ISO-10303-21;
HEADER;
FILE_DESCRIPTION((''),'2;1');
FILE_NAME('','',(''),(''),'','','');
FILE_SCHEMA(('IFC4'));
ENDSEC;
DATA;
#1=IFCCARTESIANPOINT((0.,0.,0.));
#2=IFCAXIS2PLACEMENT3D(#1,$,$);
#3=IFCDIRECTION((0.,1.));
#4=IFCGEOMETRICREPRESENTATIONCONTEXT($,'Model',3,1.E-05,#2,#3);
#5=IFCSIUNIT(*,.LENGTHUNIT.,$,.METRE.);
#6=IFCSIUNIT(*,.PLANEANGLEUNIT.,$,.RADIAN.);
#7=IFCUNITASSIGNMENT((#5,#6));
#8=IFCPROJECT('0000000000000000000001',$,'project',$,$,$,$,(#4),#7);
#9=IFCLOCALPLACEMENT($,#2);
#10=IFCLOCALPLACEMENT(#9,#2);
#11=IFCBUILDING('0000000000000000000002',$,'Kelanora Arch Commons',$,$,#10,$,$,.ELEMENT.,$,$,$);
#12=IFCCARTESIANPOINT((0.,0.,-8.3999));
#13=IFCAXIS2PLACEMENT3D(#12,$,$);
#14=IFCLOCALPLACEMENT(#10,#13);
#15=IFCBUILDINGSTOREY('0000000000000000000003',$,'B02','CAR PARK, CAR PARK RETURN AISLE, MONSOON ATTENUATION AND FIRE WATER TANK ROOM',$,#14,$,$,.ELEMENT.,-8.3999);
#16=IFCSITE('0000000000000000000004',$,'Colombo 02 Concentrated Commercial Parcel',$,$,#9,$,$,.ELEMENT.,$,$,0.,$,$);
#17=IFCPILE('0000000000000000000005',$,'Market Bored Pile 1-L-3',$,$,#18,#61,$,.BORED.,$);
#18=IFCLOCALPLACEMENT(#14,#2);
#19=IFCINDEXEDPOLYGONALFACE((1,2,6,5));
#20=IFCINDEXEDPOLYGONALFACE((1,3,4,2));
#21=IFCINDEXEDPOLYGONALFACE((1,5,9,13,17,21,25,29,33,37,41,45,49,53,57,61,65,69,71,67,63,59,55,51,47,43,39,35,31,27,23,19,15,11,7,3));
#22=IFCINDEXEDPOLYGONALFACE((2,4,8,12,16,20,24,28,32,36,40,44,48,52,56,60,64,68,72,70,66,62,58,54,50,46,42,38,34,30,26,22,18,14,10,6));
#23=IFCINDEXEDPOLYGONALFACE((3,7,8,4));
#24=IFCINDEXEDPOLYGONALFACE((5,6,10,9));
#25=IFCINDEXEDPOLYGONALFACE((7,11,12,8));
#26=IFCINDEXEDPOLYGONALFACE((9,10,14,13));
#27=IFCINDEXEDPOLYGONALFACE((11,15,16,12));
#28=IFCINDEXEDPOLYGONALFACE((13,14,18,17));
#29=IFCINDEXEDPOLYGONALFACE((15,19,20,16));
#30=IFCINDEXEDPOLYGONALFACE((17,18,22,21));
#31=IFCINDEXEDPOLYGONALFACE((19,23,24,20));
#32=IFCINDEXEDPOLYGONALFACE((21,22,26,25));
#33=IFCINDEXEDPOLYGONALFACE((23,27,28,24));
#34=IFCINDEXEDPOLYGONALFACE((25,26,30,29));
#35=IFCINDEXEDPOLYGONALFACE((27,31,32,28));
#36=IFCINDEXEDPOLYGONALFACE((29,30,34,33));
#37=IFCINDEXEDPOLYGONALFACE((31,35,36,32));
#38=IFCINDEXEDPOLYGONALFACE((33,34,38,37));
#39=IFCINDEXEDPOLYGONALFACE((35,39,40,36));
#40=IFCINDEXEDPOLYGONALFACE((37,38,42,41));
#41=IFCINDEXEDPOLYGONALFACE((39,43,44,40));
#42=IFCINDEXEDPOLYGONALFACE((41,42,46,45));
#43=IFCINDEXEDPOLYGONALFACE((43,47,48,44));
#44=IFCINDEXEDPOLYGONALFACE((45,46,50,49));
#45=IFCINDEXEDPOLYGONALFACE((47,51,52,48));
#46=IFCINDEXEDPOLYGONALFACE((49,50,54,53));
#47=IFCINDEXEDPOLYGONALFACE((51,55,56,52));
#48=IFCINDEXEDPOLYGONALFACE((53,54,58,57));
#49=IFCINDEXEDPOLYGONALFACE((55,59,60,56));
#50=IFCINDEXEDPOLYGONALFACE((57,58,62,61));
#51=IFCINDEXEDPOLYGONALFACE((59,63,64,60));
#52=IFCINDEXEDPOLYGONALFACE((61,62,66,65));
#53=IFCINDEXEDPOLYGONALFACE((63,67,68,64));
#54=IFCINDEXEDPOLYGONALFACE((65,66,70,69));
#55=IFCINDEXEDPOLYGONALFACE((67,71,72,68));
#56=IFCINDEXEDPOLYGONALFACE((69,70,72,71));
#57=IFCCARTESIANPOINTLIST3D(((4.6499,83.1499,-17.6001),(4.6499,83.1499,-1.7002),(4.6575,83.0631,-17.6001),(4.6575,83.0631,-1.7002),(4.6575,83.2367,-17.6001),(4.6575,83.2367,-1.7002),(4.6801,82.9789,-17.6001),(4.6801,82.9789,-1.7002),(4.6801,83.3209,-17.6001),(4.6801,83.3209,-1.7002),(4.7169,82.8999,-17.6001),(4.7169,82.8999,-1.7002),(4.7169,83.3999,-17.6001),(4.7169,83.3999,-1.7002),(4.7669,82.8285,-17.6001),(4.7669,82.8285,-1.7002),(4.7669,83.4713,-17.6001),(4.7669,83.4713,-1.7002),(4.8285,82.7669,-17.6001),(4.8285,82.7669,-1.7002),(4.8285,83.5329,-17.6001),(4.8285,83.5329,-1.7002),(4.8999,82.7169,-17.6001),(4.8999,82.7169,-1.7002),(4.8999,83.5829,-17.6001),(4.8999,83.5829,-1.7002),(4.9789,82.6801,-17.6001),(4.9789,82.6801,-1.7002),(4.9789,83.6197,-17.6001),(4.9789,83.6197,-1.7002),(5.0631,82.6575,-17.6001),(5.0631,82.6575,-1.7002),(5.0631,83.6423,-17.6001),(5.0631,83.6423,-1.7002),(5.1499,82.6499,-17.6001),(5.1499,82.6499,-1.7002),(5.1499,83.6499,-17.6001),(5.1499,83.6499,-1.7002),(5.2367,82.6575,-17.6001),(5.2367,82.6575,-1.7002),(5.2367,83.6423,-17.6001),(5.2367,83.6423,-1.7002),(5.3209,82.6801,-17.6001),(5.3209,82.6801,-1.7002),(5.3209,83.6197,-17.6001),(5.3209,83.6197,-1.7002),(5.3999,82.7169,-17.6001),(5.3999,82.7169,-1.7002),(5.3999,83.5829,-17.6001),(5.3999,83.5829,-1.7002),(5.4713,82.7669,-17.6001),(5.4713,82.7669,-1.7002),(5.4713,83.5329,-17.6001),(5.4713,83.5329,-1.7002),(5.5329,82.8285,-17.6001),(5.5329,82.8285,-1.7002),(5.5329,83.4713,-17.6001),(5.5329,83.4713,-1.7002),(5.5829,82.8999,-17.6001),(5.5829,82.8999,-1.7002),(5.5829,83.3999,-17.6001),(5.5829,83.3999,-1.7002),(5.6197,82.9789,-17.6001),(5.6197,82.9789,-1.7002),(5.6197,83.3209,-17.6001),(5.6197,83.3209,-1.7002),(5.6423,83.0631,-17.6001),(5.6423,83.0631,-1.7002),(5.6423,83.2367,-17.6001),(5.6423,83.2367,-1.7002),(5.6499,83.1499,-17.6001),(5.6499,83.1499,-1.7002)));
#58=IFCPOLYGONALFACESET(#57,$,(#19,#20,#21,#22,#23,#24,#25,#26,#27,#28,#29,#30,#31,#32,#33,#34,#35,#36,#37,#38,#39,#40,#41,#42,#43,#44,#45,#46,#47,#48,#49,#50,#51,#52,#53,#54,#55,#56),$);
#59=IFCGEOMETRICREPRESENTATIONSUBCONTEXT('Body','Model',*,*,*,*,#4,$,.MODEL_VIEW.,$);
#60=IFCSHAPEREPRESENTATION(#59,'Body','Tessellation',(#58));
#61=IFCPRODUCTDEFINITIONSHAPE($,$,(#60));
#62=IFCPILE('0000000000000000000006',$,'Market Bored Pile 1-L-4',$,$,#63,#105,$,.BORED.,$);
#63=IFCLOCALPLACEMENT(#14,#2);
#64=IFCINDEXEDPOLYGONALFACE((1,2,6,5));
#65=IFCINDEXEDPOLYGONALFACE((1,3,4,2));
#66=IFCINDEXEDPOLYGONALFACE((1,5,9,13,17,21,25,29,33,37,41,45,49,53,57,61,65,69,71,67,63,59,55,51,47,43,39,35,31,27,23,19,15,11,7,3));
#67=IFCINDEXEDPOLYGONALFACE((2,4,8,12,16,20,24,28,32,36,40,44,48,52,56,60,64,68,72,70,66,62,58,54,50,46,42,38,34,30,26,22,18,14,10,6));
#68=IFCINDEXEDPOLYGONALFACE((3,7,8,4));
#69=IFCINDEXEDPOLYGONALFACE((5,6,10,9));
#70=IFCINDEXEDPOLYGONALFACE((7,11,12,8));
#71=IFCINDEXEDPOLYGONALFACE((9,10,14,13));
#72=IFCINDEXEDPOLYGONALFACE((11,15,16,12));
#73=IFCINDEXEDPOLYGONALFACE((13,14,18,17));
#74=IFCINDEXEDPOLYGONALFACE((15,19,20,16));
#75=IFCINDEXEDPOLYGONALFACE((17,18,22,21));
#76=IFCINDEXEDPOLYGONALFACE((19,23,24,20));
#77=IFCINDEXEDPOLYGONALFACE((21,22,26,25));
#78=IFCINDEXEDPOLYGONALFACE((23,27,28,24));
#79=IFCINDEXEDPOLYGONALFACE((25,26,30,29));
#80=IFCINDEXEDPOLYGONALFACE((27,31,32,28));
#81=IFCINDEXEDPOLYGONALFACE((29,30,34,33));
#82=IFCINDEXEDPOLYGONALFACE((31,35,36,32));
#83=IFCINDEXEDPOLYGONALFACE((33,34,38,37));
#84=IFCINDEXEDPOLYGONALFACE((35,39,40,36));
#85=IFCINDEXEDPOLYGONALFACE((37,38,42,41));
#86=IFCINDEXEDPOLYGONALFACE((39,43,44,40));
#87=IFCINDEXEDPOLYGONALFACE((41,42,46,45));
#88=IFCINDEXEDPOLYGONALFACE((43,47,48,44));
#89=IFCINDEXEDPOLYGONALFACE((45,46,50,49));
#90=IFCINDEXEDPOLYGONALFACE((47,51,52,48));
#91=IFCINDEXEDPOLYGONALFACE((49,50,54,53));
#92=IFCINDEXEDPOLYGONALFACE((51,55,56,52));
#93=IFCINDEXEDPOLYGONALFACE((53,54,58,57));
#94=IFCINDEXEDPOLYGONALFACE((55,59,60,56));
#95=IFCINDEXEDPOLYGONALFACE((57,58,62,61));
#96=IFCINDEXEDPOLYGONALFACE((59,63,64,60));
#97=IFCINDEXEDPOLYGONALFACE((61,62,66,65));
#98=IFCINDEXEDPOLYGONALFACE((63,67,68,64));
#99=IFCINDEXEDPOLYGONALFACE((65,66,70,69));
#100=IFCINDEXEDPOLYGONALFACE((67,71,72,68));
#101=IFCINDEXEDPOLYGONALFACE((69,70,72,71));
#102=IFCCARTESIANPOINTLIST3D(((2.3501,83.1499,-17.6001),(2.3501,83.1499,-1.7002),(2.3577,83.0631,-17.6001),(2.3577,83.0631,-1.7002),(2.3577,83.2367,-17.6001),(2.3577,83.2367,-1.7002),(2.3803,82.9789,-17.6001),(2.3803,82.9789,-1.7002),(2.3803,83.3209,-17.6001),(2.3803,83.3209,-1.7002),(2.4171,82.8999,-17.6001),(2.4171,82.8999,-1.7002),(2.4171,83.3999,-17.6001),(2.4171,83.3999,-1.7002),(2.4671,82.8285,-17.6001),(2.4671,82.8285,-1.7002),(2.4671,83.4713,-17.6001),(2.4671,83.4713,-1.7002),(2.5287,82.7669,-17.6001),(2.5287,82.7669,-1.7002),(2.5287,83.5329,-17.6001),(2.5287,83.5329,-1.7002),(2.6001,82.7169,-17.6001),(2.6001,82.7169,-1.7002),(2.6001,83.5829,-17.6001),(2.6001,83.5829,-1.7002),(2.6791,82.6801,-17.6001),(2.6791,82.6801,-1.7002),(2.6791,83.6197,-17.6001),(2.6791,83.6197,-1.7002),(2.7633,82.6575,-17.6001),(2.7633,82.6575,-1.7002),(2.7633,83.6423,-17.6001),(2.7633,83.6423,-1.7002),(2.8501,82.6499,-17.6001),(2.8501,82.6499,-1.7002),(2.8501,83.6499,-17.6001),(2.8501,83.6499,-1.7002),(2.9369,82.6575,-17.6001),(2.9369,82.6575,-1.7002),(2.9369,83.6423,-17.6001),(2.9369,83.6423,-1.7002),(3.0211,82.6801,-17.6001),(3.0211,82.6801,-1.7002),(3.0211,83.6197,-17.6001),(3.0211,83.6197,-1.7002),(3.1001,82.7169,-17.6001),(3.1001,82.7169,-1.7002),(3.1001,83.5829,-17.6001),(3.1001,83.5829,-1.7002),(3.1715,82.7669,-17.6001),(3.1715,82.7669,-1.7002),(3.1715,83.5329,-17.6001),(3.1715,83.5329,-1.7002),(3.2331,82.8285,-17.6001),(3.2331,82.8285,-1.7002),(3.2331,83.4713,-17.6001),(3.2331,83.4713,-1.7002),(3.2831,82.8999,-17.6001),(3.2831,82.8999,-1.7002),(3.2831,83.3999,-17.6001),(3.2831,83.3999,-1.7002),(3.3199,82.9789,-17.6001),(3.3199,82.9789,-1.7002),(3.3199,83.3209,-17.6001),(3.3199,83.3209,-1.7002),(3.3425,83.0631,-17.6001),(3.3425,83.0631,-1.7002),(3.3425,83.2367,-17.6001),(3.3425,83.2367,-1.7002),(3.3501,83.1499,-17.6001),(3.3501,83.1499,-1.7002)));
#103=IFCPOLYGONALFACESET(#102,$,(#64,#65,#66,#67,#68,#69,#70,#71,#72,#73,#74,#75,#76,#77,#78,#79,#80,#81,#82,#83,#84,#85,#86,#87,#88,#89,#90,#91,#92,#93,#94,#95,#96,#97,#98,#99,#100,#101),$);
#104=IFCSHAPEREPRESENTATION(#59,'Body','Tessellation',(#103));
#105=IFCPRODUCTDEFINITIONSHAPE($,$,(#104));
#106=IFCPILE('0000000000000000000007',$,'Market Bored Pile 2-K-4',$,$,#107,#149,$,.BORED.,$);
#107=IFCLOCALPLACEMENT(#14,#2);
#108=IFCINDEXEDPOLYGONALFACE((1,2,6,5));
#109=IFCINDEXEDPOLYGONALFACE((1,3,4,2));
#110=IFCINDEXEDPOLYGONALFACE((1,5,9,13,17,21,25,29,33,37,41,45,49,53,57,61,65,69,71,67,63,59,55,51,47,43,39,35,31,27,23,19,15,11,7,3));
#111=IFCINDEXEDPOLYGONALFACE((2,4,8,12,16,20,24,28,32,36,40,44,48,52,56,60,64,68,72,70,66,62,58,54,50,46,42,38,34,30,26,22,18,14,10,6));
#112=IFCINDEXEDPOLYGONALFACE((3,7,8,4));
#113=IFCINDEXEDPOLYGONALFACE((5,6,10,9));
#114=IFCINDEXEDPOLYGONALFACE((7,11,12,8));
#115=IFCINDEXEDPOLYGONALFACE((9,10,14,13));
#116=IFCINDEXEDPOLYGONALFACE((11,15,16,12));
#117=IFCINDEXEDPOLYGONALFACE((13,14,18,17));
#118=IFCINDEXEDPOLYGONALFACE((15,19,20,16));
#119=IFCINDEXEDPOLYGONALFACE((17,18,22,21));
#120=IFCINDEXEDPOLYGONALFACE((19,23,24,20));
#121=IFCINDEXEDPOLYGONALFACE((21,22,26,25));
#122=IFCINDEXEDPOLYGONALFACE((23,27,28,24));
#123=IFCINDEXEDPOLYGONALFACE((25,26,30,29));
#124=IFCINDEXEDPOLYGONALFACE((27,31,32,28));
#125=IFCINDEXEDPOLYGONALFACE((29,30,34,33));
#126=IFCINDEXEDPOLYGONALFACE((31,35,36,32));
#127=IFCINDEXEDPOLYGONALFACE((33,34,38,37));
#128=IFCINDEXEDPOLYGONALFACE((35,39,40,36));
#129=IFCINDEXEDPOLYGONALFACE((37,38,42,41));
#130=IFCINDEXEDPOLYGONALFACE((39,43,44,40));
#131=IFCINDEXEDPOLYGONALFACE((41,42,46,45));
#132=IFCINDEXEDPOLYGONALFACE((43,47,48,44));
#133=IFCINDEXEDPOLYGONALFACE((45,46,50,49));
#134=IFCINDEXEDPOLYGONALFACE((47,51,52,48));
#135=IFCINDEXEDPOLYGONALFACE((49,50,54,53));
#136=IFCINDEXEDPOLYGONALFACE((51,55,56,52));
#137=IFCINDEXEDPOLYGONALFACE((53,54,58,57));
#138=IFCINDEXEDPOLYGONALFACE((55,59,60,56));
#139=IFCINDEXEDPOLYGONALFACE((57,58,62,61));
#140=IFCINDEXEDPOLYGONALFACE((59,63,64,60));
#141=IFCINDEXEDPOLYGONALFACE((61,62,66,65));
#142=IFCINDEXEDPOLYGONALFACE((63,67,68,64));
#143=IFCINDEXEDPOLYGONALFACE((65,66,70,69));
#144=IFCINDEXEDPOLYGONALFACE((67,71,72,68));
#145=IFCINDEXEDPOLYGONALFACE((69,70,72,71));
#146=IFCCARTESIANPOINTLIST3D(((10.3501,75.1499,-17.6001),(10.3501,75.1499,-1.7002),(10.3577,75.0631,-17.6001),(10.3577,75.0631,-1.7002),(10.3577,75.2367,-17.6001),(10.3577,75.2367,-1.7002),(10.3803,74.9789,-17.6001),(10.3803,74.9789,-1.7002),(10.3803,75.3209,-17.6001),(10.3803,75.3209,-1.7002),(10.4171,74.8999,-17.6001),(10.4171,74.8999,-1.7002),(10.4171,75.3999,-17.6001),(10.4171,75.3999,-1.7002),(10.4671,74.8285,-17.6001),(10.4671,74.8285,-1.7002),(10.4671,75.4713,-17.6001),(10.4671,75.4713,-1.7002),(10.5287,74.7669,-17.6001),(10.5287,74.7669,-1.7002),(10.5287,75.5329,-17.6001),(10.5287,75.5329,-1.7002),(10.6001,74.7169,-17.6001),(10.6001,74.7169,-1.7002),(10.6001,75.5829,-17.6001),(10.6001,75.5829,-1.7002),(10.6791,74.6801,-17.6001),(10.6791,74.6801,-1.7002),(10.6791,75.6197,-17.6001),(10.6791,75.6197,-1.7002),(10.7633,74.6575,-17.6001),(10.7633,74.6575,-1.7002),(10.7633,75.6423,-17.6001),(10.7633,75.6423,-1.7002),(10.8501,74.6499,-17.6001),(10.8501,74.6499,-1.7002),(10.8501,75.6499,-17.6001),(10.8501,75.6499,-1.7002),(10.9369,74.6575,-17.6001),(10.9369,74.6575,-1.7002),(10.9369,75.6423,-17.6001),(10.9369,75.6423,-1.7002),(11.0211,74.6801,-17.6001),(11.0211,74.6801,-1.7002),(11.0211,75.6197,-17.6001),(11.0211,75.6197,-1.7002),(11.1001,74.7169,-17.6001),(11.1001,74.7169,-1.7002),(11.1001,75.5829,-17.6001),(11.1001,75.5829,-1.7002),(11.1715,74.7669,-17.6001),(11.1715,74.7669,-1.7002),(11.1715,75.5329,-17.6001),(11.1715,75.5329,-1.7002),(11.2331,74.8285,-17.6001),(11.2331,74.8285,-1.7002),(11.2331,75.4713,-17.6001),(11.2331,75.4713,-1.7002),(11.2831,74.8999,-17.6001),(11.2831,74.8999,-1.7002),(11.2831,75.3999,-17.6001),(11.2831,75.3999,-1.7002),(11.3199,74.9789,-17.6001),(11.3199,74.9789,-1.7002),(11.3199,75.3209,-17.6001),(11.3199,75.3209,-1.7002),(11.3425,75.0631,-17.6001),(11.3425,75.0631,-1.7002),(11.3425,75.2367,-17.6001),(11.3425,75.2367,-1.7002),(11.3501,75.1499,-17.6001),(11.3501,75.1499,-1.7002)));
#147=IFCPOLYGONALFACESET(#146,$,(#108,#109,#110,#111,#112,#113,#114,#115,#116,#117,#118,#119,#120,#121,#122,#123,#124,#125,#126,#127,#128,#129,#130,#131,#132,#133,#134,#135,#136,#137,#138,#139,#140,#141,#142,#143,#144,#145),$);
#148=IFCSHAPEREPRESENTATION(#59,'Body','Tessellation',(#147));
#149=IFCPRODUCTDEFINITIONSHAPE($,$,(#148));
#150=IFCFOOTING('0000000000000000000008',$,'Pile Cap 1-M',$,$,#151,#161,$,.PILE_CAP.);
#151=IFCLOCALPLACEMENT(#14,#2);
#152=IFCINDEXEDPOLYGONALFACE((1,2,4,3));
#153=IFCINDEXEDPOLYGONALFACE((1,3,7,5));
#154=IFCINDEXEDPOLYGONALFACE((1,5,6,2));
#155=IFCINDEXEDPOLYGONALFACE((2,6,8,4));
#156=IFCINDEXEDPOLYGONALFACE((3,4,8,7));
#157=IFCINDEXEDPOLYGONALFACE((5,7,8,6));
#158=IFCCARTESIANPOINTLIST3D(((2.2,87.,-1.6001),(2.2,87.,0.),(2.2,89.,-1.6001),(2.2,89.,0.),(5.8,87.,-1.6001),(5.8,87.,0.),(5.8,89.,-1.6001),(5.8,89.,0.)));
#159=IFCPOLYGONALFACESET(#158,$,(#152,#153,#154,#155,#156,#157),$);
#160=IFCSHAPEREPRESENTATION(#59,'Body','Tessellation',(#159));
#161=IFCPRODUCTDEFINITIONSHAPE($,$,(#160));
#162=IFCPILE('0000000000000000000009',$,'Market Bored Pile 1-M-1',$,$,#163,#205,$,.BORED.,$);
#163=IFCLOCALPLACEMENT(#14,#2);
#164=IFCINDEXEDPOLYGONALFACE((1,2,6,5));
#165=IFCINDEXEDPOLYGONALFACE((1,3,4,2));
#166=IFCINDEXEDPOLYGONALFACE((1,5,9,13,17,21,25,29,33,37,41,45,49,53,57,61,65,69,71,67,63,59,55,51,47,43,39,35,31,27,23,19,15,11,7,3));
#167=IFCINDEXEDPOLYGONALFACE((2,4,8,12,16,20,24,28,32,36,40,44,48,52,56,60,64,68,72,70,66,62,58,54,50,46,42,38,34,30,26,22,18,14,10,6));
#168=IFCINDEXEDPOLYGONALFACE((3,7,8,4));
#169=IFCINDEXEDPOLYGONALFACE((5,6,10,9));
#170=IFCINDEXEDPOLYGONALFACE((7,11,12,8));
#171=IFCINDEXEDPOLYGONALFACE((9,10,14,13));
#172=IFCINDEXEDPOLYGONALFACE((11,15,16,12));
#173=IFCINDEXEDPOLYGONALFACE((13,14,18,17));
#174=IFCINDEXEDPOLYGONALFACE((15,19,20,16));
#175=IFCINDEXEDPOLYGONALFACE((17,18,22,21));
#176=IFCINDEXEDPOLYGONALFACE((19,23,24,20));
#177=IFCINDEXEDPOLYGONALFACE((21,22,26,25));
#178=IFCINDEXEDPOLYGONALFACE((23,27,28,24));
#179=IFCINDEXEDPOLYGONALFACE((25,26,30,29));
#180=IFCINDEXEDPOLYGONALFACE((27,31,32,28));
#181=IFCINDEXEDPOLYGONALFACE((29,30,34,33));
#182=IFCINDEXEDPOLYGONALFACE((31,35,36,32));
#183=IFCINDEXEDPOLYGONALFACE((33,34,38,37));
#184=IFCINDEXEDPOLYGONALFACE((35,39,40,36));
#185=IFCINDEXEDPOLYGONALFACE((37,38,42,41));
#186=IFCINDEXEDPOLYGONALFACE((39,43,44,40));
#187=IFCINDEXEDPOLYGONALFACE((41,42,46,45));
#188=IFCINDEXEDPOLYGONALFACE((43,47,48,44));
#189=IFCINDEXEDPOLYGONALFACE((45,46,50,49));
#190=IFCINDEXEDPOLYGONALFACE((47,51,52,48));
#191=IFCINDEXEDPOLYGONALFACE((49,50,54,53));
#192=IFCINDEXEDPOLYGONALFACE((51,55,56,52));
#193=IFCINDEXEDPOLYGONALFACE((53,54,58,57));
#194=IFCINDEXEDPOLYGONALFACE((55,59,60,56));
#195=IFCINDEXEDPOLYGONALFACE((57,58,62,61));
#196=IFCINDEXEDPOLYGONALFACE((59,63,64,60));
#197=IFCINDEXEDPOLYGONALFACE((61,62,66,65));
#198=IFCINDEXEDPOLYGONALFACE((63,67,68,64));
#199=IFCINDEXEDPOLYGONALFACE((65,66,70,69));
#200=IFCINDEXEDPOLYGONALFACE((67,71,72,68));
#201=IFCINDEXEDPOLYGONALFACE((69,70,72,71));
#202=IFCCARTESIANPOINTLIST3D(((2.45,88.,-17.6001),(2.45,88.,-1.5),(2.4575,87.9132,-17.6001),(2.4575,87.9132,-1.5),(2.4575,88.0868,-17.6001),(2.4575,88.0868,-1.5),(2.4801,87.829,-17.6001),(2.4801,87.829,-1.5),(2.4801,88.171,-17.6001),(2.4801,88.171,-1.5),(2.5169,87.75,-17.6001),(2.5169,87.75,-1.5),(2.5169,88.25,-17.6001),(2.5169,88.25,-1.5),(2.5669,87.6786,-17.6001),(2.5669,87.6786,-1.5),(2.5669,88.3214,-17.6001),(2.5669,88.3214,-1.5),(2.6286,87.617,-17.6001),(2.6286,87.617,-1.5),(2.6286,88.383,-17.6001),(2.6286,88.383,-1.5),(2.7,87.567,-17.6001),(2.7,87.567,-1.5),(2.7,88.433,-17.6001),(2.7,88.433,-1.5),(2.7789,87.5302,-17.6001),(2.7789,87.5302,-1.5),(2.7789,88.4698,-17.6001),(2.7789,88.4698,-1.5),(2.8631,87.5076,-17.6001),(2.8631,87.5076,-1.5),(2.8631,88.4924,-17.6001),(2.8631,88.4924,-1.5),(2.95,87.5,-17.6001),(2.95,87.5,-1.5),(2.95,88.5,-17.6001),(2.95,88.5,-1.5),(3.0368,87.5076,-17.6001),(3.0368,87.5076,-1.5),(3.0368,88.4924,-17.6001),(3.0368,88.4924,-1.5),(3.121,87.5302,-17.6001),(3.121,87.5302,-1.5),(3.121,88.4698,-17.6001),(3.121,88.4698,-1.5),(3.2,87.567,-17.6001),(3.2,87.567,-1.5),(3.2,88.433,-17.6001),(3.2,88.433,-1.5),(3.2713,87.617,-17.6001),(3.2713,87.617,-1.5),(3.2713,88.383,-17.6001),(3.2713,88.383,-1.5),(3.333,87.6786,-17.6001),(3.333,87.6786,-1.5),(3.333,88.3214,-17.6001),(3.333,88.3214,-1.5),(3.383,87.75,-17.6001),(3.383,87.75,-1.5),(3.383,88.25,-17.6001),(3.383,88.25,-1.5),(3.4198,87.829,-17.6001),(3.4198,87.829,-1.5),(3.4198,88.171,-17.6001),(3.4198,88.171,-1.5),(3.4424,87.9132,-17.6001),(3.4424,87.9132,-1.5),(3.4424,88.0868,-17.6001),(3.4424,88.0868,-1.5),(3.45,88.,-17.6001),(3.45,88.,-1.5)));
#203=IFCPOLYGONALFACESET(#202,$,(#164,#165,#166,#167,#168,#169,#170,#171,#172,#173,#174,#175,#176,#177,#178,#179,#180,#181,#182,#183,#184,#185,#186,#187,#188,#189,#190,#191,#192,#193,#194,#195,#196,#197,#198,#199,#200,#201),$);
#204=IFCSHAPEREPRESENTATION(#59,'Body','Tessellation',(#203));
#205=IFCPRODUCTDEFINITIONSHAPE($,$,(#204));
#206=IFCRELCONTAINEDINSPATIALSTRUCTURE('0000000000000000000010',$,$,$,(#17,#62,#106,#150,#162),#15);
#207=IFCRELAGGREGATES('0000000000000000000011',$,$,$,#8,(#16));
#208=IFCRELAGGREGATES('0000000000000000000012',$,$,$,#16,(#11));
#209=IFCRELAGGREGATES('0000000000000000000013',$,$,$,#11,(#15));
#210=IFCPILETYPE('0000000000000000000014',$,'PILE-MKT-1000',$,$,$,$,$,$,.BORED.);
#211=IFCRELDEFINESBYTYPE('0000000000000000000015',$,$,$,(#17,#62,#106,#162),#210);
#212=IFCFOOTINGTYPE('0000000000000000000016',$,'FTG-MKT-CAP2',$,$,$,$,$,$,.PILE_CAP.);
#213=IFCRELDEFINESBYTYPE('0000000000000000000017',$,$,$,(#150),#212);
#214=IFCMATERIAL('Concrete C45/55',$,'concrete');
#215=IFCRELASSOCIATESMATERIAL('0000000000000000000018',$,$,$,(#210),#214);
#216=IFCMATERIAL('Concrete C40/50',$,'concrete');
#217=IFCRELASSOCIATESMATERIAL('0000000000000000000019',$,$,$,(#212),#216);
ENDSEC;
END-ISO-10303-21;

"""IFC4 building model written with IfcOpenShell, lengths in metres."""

from ifc_helpers import new_model, si_unit, direction, frame, origin, origin_2d, place, context, subcontext, project, spatial, rectangle, circle, extrude, source, transform, mapped, material, material_profile, profile_set, type_object, element, save


model = new_model("IFC4")

# Units and contexts
model_context = context("Model", 3, precision=1e-05, world=origin(), true_north=direction((0.0, 1.0)))
body_context = subcontext(model_context, "Body", "Model", "MODEL_VIEW")
ifc_project = project(units=[si_unit("LENGTHUNIT", "METRE"), si_unit("PLANEANGLEUNIT", "RADIAN")], contexts=[model_context])

# Site, building, storey
site_placement = place(None, origin())
site = spatial("IfcSite", under=ifc_project, at=site_placement, Name="Colombo 02 Concentrated Commercial Parcel", CompositionType="ELEMENT", RefElevation=0.0)
building_placement = place(site_placement, origin())
building = spatial("IfcBuilding", under=site, at=building_placement, Name="Kelanora Arch Commons", CompositionType="ELEMENT")
storey_placement = place(building_placement, frame((0.0, 0.0, -8.3999)))
storey = spatial("IfcBuildingStorey", under=building, at=storey_placement, Name="B02", Description="CAR PARK, CAR PARK RETURN AISLE, MONSOON ATTENUATION AND FIRE WATER TANK ROOM", CompositionType="ELEMENT", Elevation=-8.3999)

# Shared definitions
ifc_material_1 = material(Name="Concrete C40/50", Category="concrete")

# Piles
ifc_material_2 = material(Name="Concrete C45/55", Category="concrete")
ifc_material_profile_1 = material_profile(ifc_material_2, circle(Radius=0.5, at=origin_2d()), Name="PILE1000")
ifc_profile_set_1 = profile_set([ifc_material_profile_1], Name="Concrete C45/55")
pile_type = type_object("IfcPileType", Name="PILE-MKT-1000", PredefinedType="BORED", material=ifc_profile_set_1)
shared_shape_1 = source(origin(), body_context, "Body", "SweptSolid", [
    extrude(circle(Radius=0.5, at=origin_2d()), origin(), (0.0, 0.0, 1.0), 15.8999),
])
for number, where, z_axis, x_axis, name in (
    (1, (5.1499, 83.1499, -1.7002), (0.0, 0.0, -1.0), (1.0, 0.0, 0.0), "Market Bored Pile 1-L-3"),
    (2, (2.8501, 83.1499, -1.7002), (0.0, 0.0, -1.0), (1.0, 0.0, 0.0), "Market Bored Pile 1-L-4"),
    (3, (10.8501, 75.1499, -1.7002), (0.0, 0.0, -1.0), (1.0, 0.0, 0.0), "Market Bored Pile 2-K-4"),
):
    element("IfcPile", number, at=place(storey_placement, frame(where, z_axis=z_axis, x_axis=x_axis)), inside=storey, type_object=pile_type, Name=name, PredefinedType="BORED", context=body_context, shape_type="MappedRepresentation", body=[
        mapped(shared_shape_1, transform((0.0, 0.0, 0.0), scale=1.0)),
    ])

# Footing
footing_type_1 = type_object("IfcFootingType", Name="FTG-MKT-CAP2", PredefinedType="PILE_CAP", material=ifc_material_1)
shared_shape_2 = source(origin(), body_context, "Body", "SweptSolid", [
    extrude(rectangle(XDim=3.6001, YDim=2.0, at=origin_2d()), origin(), (0.0, 0.0, 1.0), 1.6001),
])
footing_1_placement = place(storey_placement, frame((4.0, 88.0, -1.6001), z_axis=(0.0, 0.0, 1.0), x_axis=(1.0, 0.0, 0.0)))
element("IfcFooting", 4, at=footing_1_placement, inside=storey, type_object=footing_type_1, Name="Pile Cap 1-M", PredefinedType="PILE_CAP", context=body_context, shape_type="MappedRepresentation", body=[
    mapped(shared_shape_2, transform((0.0, 0.0, 0.0), scale=1.0)),
])

# Pile
shared_shape_3 = source(origin(), body_context, "Body", "SweptSolid", [
    extrude(circle(Radius=0.5, at=origin_2d()), origin(), (0.0, 0.0, 1.0), 16.1001),
])
for number, where, z_axis, x_axis, name in (
    (5, (2.95, 88.0, -1.5), (0.0, 0.0, -1.0), (1.0, 0.0, 0.0), "Market Bored Pile 1-M-1"),
):
    element("IfcPile", number, at=place(storey_placement, frame(where, z_axis=z_axis, x_axis=x_axis)), inside=storey, type_object=pile_type, Name=name, PredefinedType="BORED", context=body_context, shape_type="MappedRepresentation", body=[
        mapped(shared_shape_3, transform((0.0, 0.0, 0.0), scale=1.0)),
    ])

save(model, "model.ifc")
